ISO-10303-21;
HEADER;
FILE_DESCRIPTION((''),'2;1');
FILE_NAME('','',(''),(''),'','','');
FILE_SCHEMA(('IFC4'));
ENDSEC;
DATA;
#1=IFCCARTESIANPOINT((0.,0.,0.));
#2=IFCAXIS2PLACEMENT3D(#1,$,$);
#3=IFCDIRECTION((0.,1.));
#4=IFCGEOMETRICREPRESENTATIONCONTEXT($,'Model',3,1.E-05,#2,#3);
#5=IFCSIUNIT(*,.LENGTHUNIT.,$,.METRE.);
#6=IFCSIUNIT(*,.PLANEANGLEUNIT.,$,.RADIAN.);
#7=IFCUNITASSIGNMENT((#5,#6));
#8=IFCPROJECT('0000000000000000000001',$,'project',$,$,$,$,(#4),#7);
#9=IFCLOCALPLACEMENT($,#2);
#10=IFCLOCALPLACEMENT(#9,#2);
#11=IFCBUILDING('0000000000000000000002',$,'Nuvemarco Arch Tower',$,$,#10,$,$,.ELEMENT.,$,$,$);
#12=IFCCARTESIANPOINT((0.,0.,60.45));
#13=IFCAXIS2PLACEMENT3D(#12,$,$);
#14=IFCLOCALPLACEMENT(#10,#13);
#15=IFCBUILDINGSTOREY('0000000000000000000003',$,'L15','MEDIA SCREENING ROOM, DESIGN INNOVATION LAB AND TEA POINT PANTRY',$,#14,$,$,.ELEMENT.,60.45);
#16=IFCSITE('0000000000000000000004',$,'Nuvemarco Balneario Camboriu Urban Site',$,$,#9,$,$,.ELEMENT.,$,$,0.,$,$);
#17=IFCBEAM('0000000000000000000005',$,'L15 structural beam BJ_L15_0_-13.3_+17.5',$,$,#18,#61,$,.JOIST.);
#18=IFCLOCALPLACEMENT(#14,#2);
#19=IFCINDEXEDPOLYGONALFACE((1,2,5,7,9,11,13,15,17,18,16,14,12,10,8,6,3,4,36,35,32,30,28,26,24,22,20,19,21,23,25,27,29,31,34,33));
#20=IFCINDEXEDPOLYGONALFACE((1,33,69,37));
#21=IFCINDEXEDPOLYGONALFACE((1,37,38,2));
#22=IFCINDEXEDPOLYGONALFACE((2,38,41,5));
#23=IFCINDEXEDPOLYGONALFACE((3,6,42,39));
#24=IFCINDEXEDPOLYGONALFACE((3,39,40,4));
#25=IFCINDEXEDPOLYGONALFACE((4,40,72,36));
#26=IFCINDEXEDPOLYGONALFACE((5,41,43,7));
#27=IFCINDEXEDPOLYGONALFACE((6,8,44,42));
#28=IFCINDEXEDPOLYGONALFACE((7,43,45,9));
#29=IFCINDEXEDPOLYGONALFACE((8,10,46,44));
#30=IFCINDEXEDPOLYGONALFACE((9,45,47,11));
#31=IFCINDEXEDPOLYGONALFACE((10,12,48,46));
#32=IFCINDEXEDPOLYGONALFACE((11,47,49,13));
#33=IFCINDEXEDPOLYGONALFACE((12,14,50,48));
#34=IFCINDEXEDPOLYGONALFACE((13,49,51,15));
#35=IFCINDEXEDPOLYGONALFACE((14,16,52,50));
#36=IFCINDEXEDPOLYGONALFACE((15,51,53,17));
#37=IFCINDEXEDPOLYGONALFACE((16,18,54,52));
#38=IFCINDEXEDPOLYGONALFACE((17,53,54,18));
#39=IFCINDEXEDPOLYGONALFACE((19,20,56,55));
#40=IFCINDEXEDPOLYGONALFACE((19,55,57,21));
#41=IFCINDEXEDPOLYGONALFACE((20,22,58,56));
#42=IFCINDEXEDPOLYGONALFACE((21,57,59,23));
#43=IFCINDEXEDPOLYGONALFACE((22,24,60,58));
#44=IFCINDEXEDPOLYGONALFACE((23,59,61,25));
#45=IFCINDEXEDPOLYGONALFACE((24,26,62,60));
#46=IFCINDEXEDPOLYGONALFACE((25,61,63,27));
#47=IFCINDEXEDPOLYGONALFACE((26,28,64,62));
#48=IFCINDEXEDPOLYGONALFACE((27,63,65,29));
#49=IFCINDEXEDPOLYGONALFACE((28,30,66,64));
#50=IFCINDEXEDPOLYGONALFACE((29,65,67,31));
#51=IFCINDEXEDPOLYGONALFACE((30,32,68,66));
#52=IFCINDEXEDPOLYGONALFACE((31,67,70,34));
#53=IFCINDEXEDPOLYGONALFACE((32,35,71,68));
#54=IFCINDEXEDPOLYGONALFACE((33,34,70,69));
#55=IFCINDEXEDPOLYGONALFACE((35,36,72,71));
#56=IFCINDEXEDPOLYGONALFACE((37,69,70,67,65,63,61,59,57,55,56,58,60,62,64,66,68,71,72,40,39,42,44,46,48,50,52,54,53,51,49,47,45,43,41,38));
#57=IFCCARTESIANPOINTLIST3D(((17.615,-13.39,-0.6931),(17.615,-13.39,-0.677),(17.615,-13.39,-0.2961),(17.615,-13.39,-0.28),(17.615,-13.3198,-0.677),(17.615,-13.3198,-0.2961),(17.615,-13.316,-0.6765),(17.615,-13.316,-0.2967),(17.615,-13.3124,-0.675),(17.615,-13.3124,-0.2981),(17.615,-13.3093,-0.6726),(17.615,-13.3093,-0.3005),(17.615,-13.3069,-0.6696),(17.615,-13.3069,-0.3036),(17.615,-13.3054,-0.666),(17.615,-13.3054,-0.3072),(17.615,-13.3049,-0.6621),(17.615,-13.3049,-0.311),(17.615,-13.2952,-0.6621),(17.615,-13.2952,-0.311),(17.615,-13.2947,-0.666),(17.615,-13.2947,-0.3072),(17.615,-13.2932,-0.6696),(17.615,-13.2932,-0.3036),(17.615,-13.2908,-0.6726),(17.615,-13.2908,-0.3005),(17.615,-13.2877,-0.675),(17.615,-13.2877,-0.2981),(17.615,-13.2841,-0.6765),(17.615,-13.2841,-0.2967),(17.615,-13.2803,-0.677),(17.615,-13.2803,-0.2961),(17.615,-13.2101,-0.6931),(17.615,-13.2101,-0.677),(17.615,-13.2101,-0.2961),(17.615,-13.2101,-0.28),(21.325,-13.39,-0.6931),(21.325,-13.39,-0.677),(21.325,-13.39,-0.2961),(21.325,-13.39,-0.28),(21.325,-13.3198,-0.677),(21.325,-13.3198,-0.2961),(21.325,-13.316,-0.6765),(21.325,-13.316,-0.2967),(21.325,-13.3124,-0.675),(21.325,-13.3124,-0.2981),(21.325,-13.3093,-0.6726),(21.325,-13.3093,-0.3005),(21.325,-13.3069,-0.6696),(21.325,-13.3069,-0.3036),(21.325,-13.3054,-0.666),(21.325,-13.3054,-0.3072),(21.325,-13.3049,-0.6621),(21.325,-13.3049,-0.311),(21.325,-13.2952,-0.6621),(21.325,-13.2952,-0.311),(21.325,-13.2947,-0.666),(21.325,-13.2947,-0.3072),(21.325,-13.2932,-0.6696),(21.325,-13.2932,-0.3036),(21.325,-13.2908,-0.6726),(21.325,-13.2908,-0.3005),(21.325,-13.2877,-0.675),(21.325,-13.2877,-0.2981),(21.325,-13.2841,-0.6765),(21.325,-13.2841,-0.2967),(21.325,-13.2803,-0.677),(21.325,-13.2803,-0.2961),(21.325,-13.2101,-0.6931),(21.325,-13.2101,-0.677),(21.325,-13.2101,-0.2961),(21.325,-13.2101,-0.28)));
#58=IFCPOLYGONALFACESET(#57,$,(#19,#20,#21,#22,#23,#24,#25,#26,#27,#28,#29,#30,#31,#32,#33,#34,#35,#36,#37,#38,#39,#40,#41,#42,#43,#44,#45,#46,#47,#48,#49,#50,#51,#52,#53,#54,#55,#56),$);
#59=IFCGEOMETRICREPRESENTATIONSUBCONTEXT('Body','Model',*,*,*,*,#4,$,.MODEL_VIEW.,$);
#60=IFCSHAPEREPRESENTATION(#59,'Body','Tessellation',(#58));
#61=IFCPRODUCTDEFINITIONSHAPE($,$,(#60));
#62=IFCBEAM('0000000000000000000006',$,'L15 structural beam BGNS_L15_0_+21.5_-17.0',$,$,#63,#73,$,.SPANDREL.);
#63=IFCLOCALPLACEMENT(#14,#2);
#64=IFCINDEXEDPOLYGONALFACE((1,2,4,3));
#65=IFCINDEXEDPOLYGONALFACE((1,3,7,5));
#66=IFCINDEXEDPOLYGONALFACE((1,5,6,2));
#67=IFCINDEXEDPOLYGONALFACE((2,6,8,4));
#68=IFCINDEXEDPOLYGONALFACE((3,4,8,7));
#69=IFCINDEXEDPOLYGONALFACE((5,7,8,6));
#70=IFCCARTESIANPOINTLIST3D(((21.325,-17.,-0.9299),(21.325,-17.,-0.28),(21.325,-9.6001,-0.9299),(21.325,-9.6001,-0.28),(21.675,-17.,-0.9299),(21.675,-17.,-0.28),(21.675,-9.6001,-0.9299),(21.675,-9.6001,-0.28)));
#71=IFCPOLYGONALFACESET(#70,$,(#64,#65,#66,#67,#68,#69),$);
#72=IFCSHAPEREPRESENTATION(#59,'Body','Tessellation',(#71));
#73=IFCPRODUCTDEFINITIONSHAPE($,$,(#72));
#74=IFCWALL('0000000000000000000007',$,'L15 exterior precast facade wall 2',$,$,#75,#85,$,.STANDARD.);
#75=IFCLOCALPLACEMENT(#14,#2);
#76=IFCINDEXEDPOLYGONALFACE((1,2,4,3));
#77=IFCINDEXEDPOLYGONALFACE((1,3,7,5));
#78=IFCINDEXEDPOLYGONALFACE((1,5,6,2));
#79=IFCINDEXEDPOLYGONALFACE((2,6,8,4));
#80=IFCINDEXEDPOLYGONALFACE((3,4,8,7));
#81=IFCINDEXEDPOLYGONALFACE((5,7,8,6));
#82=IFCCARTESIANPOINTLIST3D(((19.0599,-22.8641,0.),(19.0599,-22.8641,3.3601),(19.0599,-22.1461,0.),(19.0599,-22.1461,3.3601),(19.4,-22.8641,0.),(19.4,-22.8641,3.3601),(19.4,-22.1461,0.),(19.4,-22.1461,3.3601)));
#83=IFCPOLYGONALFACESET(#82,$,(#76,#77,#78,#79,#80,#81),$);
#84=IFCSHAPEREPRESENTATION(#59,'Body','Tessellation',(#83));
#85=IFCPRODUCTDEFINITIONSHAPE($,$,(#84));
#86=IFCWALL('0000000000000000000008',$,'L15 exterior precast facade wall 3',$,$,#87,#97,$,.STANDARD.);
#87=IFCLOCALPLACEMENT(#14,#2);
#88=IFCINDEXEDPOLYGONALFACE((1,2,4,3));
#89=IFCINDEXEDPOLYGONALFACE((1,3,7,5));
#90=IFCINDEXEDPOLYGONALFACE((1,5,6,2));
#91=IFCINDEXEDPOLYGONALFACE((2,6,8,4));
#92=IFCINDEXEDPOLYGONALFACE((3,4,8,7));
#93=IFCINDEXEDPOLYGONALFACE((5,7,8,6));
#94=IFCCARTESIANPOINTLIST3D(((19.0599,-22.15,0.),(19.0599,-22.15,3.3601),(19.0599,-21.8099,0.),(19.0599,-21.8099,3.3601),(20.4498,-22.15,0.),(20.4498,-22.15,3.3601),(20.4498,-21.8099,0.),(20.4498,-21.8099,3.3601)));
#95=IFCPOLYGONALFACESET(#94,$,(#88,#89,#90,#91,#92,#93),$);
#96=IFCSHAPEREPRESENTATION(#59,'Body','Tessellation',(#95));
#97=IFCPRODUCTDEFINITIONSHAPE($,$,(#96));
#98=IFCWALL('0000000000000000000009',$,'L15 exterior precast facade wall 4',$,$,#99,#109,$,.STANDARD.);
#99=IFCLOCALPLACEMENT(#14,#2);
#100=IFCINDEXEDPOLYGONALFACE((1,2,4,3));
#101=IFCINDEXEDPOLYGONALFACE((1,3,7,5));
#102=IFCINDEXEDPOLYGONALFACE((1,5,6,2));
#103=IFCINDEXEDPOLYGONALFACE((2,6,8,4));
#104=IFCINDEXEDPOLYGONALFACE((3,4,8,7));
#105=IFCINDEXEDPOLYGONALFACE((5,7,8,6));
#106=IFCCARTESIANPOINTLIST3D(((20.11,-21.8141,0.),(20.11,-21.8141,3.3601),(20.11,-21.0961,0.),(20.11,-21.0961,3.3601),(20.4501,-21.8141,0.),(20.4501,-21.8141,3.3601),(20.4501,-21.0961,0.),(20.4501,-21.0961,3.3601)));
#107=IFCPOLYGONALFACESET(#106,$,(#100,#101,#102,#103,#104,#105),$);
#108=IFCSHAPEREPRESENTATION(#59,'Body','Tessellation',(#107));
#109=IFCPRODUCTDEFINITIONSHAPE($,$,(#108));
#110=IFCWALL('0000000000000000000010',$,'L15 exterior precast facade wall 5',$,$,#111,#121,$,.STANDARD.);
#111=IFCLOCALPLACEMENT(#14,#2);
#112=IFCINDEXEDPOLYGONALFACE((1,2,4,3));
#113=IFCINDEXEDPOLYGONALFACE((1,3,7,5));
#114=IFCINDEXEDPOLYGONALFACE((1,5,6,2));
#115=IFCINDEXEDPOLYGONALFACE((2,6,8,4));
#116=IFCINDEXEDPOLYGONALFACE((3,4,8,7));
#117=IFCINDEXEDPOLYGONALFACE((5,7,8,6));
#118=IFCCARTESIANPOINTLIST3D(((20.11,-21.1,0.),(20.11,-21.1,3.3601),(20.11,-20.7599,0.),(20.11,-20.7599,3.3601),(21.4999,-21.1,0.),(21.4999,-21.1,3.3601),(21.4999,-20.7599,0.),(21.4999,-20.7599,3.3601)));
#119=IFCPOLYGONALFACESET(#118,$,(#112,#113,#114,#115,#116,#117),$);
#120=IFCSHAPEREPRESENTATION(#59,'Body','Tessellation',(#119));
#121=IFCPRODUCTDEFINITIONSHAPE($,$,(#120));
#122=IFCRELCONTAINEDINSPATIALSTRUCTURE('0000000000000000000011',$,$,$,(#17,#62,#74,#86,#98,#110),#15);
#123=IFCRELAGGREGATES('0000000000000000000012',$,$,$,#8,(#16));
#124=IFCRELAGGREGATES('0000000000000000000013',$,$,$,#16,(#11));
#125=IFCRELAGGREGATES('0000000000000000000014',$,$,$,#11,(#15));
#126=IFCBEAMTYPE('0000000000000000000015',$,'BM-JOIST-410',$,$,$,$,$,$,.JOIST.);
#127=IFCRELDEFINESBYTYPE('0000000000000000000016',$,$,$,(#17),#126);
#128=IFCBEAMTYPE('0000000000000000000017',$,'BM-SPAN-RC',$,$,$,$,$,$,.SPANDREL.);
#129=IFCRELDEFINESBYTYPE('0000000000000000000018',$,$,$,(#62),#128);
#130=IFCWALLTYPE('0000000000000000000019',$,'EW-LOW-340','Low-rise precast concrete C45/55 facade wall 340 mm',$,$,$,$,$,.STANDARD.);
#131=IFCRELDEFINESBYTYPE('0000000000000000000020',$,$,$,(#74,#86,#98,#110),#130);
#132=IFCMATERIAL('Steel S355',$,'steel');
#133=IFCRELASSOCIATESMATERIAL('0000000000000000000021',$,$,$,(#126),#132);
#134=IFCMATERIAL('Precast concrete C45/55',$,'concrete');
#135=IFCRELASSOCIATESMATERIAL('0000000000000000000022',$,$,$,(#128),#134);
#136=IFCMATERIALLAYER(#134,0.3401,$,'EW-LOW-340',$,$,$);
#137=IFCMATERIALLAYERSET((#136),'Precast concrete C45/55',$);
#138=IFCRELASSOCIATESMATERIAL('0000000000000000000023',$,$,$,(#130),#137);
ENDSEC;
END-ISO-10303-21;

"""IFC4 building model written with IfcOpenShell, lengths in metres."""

from ifc_helpers import new_model, si_unit, direction, frame, frame_2d, origin, origin_2d, place, context, subcontext, project, spatial, rectangle, i_section, extrude, material, layer, layer_set, material_profile, profile_set, type_object, element, save


model = new_model("IFC4")

# Units and contexts
model_context = context("Model", 3, precision=1e-05, world=origin(), true_north=direction((0.0, 1.0)))
body_context = subcontext(model_context, "Body", "Model", "MODEL_VIEW")
ifc_project = project(units=[si_unit("LENGTHUNIT", "METRE"), si_unit("PLANEANGLEUNIT", "RADIAN")], contexts=[model_context])

# Site, building, storey
site_placement = place(None, origin())
site = spatial("IfcSite", under=ifc_project, at=site_placement, Name="Nuvemarco Balneario Camboriu Urban Site", CompositionType="ELEMENT", RefElevation=0.0)
building_placement = place(site_placement, origin())
building = spatial("IfcBuilding", under=site, at=building_placement, Name="Nuvemarco Arch Tower", CompositionType="ELEMENT")
storey_placement = place(building_placement, frame((0.0, 0.0, 60.45)))
storey = spatial("IfcBuildingStorey", under=building, at=storey_placement, Name="L15", Description="MEDIA SCREENING ROOM, DESIGN INNOVATION LAB AND TEA POINT PANTRY", CompositionType="ELEMENT", Elevation=60.45)

# Shared definitions
ifc_material_1 = material(Name="Steel S355", Category="steel")

# Beams
ifc_material_profile_1 = material_profile(ifc_material_1, i_section(OverallWidth=0.1799, OverallDepth=0.4131, WebThickness=0.0098, FlangeThickness=0.0161, FilletRadius=0.0149, at=origin_2d()), Name="W410x75")
ifc_profile_set_1 = profile_set([ifc_material_profile_1], Name="Steel S355")
beam_type_1 = type_object("IfcBeamType", Name="BM-JOIST-410", PredefinedType="JOIST", material=ifc_profile_set_1)
beam_1_placement = place(storey_placement, frame((17.615, -13.3, -0.4866), z_axis=(1.0, 0.0, 0.0), x_axis=(0.0, 1.0, 0.0)))
element("IfcBeam", 1, at=beam_1_placement, inside=storey, type_object=beam_type_1, Name="L15 structural beam BJ_L15_0_-13.3_+17.5", PredefinedType="JOIST", context=body_context, shape_type="SweptSolid", body=[
    extrude(i_section(OverallWidth=0.1799, OverallDepth=0.4131, WebThickness=0.0098, FlangeThickness=0.0161, FilletRadius=0.0149, at=origin_2d()), origin(), (0.0, 0.0, 1.0), 3.71),
])
ifc_material_2 = material(Name="Precast concrete C45/55", Category="concrete")
ifc_material_profile_2 = material_profile(ifc_material_2, rectangle(XDim=0.3501, YDim=0.6499, at=origin_2d()), Name="PC-SP-350x650")
ifc_profile_set_2 = profile_set([ifc_material_profile_2], Name="Precast concrete C45/55")
beam_type_2 = type_object("IfcBeamType", Name="BM-SPAN-RC", PredefinedType="SPANDREL", material=ifc_profile_set_2)
beam_2_placement = place(storey_placement, frame((21.5, -17.0, -0.605), z_axis=(0.0, 1.0, 0.0), x_axis=(-1.0, 0.0, 0.0)))
element("IfcBeam", 2, at=beam_2_placement, inside=storey, type_object=beam_type_2, Name="L15 structural beam BGNS_L15_0_+21.5_-17.0", PredefinedType="SPANDREL", context=body_context, shape_type="SweptSolid", body=[
    extrude(rectangle(XDim=0.3501, YDim=0.6499, at=origin_2d()), origin(), (0.0, 0.0, 1.0), 7.3999),
])

# Walls
ifc_layer_1 = layer(ifc_material_2, 0.3401, Name="EW-LOW-340")
ifc_layer_set_1 = layer_set([ifc_layer_1], Name="Precast concrete C45/55")
wall_type_1 = type_object("IfcWallType", Name="EW-LOW-340", Description="Low-rise precast concrete C45/55 facade wall 340 mm", PredefinedType="STANDARD", material=ifc_layer_set_1)
wall_1_placement = place(storey_placement, frame((19.23, -22.864, 0.0), z_axis=(0.0, 0.0, 1.0), x_axis=(0.0, 1.0, 0.0)))
element("IfcWall", 3, at=wall_1_placement, inside=storey, type_object=wall_type_1, Name="L15 exterior precast facade wall 2", PredefinedType="STANDARD", context=body_context, shape_type="SweptSolid", body=[
    extrude(rectangle(XDim=0.718, YDim=0.3401, at=frame_2d((0.3589, 0.0))), origin(), (0.0, 0.0, 1.0), 3.3601),
])
wall_2_placement = place(storey_placement, frame((19.0601, -21.98, 0.0), z_axis=(0.0, 0.0, 1.0), x_axis=(1.0, 0.0, 0.0)))
element("IfcWall", 4, at=wall_2_placement, inside=storey, type_object=wall_type_1, Name="L15 exterior precast facade wall 3", PredefinedType="STANDARD", context=body_context, shape_type="SweptSolid", body=[
    extrude(rectangle(XDim=1.3899, YDim=0.3401, at=frame_2d((0.6948, 0.0))), origin(), (0.0, 0.0, 1.0), 3.3601),
])
wall_3_placement = place(storey_placement, frame((20.28, -21.814, 0.0), z_axis=(0.0, 0.0, 1.0), x_axis=(0.0, 1.0, 0.0)))
element("IfcWall", 5, at=wall_3_placement, inside=storey, type_object=wall_type_1, Name="L15 exterior precast facade wall 4", PredefinedType="STANDARD", context=body_context, shape_type="SweptSolid", body=[
    extrude(rectangle(XDim=0.718, YDim=0.3401, at=frame_2d((0.3589, 0.0))), origin(), (0.0, 0.0, 1.0), 3.3601),
])
wall_4_placement = place(storey_placement, frame((20.1101, -20.9299, 0.0), z_axis=(0.0, 0.0, 1.0), x_axis=(1.0, 0.0, 0.0)))
element("IfcWall", 6, at=wall_4_placement, inside=storey, type_object=wall_type_1, Name="L15 exterior precast facade wall 5", PredefinedType="STANDARD", context=body_context, shape_type="SweptSolid", body=[
    extrude(rectangle(XDim=1.3899, YDim=0.3401, at=frame_2d((0.6948, 0.0))), origin(), (0.0, 0.0, 1.0), 3.3601),
])

save(model, "model.ifc")
